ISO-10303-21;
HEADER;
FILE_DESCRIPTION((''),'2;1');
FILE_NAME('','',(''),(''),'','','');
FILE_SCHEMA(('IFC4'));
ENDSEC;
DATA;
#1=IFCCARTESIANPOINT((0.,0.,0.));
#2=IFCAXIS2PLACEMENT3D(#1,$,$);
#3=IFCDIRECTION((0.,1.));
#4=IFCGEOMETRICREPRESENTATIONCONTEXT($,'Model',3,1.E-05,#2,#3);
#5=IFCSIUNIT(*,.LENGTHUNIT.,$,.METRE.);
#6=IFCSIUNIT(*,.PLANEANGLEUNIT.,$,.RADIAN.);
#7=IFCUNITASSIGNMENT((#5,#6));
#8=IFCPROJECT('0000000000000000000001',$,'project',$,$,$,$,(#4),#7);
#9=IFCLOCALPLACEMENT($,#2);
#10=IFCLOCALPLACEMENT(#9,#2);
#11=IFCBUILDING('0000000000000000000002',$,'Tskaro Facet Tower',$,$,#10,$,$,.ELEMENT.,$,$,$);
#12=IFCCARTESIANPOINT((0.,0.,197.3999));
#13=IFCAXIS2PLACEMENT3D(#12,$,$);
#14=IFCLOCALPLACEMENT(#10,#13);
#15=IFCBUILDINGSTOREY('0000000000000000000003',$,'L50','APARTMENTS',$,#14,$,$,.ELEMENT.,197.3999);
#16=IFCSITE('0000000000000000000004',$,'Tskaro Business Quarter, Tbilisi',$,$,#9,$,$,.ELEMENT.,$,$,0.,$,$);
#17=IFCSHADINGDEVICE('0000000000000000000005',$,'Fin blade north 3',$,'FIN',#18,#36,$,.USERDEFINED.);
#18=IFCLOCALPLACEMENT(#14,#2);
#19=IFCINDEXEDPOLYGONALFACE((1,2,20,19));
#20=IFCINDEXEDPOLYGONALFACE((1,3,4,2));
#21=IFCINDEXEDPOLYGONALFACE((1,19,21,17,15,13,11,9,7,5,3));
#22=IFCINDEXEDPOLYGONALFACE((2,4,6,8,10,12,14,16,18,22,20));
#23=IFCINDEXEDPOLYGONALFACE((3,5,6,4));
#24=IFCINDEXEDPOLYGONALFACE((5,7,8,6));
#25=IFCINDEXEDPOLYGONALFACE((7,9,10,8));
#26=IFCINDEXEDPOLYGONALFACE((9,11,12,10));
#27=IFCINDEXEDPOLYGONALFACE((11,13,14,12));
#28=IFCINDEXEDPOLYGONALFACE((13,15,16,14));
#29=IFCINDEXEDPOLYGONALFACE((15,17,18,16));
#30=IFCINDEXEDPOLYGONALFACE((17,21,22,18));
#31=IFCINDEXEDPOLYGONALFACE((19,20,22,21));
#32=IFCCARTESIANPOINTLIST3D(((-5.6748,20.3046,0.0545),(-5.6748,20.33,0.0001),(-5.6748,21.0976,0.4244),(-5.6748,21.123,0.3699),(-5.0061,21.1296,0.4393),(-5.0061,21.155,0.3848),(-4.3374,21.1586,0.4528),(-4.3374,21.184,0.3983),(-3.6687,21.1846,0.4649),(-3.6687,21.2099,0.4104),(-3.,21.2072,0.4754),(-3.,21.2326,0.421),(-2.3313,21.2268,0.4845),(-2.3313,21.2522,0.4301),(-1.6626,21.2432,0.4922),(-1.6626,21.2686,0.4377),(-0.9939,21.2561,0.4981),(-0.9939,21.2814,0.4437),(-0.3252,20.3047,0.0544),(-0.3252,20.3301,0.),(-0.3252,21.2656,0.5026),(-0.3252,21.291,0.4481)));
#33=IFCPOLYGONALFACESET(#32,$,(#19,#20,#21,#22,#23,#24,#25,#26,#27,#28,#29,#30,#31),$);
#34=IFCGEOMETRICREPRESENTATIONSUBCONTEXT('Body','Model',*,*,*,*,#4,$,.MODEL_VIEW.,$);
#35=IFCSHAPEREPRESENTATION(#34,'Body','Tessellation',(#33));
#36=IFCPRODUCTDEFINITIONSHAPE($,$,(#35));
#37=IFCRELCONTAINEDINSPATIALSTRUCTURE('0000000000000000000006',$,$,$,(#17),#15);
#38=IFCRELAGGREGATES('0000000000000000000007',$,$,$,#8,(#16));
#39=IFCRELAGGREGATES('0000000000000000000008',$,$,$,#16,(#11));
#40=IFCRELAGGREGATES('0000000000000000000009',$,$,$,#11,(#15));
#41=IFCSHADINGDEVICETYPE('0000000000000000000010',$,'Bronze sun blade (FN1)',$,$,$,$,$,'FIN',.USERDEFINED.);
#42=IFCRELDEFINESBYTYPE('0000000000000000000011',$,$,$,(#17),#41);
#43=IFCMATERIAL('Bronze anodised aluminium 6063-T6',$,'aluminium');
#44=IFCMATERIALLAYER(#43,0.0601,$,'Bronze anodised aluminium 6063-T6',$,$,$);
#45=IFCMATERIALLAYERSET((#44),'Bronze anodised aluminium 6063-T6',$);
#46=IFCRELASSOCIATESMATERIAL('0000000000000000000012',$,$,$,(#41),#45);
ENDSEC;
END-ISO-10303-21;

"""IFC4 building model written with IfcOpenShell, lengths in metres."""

from ifc_helpers import new_model, si_unit, direction, frame, origin, place, context, subcontext, project, spatial, polyline, outline, extrude, material, layer, layer_set, type_object, element, save


model = new_model("IFC4")

# Units and contexts
model_context = context("Model", 3, precision=1e-05, world=origin(), true_north=direction((0.0, 1.0)))
body_context = subcontext(model_context, "Body", "Model", "MODEL_VIEW")
ifc_project = project(units=[si_unit("LENGTHUNIT", "METRE"), si_unit("PLANEANGLEUNIT", "RADIAN")], contexts=[model_context])

# Site, building, storey
site_placement = place(None, origin())
site = spatial("IfcSite", under=ifc_project, at=site_placement, Name="Tskaro Business Quarter, Tbilisi", CompositionType="ELEMENT", RefElevation=0.0)
building_placement = place(site_placement, origin())
building = spatial("IfcBuilding", under=site, at=building_placement, Name="Tskaro Facet Tower", CompositionType="ELEMENT")
storey_placement = place(building_placement, frame((0.0, 0.0, 197.3999)))
storey = spatial("IfcBuildingStorey", under=building, at=storey_placement, Name="L50", Description="APARTMENTS", CompositionType="ELEMENT", Elevation=197.3999)

# Shared definitions
ifc_material_1 = material(Name="Bronze anodised aluminium 6063-T6", Category="aluminium")

# Shading device
ifc_layer_1 = layer(ifc_material_1, 0.0601, Name="Bronze anodised aluminium 6063-T6")
ifc_layer_set_1 = layer_set([ifc_layer_1], Name="Bronze anodised aluminium 6063-T6")
shading_device_type = type_object("IfcShadingDeviceType", Name="Bronze sun blade (FN1)", ElementType="FIN", PredefinedType="USERDEFINED", material=ifc_layer_set_1)
shading_device_1_placement = place(storey_placement, frame((-0.3252, 20.3047, 0.0544), z_axis=(0.000018, -0.422664, 0.906287), x_axis=(-1.0, -0.000008, 0.000017)))
element("IfcShadingDevice", 1, at=shading_device_1_placement, inside=storey, type_object=shading_device_type, Name="Fin blade north 3", ObjectType="FIN", PredefinedType="USERDEFINED", context=body_context, shape_type="SweptSolid", body=[
    extrude(outline(polyline([(0.0, 0.0), (5.3496, 0.0), (5.3496, -0.875), (4.6809, -0.9103), (4.0122, -0.9423), (3.3435, -0.9709), (2.6748, -0.9959), (2.0061, -1.0175), (1.3374, -1.0355), (0.6687, -1.0498), (0.0, -1.0602), (0.0, 0.0)])), origin(), (0.0, 0.0, -1.0), 0.0601),
])

save(model, "model.ifc")
